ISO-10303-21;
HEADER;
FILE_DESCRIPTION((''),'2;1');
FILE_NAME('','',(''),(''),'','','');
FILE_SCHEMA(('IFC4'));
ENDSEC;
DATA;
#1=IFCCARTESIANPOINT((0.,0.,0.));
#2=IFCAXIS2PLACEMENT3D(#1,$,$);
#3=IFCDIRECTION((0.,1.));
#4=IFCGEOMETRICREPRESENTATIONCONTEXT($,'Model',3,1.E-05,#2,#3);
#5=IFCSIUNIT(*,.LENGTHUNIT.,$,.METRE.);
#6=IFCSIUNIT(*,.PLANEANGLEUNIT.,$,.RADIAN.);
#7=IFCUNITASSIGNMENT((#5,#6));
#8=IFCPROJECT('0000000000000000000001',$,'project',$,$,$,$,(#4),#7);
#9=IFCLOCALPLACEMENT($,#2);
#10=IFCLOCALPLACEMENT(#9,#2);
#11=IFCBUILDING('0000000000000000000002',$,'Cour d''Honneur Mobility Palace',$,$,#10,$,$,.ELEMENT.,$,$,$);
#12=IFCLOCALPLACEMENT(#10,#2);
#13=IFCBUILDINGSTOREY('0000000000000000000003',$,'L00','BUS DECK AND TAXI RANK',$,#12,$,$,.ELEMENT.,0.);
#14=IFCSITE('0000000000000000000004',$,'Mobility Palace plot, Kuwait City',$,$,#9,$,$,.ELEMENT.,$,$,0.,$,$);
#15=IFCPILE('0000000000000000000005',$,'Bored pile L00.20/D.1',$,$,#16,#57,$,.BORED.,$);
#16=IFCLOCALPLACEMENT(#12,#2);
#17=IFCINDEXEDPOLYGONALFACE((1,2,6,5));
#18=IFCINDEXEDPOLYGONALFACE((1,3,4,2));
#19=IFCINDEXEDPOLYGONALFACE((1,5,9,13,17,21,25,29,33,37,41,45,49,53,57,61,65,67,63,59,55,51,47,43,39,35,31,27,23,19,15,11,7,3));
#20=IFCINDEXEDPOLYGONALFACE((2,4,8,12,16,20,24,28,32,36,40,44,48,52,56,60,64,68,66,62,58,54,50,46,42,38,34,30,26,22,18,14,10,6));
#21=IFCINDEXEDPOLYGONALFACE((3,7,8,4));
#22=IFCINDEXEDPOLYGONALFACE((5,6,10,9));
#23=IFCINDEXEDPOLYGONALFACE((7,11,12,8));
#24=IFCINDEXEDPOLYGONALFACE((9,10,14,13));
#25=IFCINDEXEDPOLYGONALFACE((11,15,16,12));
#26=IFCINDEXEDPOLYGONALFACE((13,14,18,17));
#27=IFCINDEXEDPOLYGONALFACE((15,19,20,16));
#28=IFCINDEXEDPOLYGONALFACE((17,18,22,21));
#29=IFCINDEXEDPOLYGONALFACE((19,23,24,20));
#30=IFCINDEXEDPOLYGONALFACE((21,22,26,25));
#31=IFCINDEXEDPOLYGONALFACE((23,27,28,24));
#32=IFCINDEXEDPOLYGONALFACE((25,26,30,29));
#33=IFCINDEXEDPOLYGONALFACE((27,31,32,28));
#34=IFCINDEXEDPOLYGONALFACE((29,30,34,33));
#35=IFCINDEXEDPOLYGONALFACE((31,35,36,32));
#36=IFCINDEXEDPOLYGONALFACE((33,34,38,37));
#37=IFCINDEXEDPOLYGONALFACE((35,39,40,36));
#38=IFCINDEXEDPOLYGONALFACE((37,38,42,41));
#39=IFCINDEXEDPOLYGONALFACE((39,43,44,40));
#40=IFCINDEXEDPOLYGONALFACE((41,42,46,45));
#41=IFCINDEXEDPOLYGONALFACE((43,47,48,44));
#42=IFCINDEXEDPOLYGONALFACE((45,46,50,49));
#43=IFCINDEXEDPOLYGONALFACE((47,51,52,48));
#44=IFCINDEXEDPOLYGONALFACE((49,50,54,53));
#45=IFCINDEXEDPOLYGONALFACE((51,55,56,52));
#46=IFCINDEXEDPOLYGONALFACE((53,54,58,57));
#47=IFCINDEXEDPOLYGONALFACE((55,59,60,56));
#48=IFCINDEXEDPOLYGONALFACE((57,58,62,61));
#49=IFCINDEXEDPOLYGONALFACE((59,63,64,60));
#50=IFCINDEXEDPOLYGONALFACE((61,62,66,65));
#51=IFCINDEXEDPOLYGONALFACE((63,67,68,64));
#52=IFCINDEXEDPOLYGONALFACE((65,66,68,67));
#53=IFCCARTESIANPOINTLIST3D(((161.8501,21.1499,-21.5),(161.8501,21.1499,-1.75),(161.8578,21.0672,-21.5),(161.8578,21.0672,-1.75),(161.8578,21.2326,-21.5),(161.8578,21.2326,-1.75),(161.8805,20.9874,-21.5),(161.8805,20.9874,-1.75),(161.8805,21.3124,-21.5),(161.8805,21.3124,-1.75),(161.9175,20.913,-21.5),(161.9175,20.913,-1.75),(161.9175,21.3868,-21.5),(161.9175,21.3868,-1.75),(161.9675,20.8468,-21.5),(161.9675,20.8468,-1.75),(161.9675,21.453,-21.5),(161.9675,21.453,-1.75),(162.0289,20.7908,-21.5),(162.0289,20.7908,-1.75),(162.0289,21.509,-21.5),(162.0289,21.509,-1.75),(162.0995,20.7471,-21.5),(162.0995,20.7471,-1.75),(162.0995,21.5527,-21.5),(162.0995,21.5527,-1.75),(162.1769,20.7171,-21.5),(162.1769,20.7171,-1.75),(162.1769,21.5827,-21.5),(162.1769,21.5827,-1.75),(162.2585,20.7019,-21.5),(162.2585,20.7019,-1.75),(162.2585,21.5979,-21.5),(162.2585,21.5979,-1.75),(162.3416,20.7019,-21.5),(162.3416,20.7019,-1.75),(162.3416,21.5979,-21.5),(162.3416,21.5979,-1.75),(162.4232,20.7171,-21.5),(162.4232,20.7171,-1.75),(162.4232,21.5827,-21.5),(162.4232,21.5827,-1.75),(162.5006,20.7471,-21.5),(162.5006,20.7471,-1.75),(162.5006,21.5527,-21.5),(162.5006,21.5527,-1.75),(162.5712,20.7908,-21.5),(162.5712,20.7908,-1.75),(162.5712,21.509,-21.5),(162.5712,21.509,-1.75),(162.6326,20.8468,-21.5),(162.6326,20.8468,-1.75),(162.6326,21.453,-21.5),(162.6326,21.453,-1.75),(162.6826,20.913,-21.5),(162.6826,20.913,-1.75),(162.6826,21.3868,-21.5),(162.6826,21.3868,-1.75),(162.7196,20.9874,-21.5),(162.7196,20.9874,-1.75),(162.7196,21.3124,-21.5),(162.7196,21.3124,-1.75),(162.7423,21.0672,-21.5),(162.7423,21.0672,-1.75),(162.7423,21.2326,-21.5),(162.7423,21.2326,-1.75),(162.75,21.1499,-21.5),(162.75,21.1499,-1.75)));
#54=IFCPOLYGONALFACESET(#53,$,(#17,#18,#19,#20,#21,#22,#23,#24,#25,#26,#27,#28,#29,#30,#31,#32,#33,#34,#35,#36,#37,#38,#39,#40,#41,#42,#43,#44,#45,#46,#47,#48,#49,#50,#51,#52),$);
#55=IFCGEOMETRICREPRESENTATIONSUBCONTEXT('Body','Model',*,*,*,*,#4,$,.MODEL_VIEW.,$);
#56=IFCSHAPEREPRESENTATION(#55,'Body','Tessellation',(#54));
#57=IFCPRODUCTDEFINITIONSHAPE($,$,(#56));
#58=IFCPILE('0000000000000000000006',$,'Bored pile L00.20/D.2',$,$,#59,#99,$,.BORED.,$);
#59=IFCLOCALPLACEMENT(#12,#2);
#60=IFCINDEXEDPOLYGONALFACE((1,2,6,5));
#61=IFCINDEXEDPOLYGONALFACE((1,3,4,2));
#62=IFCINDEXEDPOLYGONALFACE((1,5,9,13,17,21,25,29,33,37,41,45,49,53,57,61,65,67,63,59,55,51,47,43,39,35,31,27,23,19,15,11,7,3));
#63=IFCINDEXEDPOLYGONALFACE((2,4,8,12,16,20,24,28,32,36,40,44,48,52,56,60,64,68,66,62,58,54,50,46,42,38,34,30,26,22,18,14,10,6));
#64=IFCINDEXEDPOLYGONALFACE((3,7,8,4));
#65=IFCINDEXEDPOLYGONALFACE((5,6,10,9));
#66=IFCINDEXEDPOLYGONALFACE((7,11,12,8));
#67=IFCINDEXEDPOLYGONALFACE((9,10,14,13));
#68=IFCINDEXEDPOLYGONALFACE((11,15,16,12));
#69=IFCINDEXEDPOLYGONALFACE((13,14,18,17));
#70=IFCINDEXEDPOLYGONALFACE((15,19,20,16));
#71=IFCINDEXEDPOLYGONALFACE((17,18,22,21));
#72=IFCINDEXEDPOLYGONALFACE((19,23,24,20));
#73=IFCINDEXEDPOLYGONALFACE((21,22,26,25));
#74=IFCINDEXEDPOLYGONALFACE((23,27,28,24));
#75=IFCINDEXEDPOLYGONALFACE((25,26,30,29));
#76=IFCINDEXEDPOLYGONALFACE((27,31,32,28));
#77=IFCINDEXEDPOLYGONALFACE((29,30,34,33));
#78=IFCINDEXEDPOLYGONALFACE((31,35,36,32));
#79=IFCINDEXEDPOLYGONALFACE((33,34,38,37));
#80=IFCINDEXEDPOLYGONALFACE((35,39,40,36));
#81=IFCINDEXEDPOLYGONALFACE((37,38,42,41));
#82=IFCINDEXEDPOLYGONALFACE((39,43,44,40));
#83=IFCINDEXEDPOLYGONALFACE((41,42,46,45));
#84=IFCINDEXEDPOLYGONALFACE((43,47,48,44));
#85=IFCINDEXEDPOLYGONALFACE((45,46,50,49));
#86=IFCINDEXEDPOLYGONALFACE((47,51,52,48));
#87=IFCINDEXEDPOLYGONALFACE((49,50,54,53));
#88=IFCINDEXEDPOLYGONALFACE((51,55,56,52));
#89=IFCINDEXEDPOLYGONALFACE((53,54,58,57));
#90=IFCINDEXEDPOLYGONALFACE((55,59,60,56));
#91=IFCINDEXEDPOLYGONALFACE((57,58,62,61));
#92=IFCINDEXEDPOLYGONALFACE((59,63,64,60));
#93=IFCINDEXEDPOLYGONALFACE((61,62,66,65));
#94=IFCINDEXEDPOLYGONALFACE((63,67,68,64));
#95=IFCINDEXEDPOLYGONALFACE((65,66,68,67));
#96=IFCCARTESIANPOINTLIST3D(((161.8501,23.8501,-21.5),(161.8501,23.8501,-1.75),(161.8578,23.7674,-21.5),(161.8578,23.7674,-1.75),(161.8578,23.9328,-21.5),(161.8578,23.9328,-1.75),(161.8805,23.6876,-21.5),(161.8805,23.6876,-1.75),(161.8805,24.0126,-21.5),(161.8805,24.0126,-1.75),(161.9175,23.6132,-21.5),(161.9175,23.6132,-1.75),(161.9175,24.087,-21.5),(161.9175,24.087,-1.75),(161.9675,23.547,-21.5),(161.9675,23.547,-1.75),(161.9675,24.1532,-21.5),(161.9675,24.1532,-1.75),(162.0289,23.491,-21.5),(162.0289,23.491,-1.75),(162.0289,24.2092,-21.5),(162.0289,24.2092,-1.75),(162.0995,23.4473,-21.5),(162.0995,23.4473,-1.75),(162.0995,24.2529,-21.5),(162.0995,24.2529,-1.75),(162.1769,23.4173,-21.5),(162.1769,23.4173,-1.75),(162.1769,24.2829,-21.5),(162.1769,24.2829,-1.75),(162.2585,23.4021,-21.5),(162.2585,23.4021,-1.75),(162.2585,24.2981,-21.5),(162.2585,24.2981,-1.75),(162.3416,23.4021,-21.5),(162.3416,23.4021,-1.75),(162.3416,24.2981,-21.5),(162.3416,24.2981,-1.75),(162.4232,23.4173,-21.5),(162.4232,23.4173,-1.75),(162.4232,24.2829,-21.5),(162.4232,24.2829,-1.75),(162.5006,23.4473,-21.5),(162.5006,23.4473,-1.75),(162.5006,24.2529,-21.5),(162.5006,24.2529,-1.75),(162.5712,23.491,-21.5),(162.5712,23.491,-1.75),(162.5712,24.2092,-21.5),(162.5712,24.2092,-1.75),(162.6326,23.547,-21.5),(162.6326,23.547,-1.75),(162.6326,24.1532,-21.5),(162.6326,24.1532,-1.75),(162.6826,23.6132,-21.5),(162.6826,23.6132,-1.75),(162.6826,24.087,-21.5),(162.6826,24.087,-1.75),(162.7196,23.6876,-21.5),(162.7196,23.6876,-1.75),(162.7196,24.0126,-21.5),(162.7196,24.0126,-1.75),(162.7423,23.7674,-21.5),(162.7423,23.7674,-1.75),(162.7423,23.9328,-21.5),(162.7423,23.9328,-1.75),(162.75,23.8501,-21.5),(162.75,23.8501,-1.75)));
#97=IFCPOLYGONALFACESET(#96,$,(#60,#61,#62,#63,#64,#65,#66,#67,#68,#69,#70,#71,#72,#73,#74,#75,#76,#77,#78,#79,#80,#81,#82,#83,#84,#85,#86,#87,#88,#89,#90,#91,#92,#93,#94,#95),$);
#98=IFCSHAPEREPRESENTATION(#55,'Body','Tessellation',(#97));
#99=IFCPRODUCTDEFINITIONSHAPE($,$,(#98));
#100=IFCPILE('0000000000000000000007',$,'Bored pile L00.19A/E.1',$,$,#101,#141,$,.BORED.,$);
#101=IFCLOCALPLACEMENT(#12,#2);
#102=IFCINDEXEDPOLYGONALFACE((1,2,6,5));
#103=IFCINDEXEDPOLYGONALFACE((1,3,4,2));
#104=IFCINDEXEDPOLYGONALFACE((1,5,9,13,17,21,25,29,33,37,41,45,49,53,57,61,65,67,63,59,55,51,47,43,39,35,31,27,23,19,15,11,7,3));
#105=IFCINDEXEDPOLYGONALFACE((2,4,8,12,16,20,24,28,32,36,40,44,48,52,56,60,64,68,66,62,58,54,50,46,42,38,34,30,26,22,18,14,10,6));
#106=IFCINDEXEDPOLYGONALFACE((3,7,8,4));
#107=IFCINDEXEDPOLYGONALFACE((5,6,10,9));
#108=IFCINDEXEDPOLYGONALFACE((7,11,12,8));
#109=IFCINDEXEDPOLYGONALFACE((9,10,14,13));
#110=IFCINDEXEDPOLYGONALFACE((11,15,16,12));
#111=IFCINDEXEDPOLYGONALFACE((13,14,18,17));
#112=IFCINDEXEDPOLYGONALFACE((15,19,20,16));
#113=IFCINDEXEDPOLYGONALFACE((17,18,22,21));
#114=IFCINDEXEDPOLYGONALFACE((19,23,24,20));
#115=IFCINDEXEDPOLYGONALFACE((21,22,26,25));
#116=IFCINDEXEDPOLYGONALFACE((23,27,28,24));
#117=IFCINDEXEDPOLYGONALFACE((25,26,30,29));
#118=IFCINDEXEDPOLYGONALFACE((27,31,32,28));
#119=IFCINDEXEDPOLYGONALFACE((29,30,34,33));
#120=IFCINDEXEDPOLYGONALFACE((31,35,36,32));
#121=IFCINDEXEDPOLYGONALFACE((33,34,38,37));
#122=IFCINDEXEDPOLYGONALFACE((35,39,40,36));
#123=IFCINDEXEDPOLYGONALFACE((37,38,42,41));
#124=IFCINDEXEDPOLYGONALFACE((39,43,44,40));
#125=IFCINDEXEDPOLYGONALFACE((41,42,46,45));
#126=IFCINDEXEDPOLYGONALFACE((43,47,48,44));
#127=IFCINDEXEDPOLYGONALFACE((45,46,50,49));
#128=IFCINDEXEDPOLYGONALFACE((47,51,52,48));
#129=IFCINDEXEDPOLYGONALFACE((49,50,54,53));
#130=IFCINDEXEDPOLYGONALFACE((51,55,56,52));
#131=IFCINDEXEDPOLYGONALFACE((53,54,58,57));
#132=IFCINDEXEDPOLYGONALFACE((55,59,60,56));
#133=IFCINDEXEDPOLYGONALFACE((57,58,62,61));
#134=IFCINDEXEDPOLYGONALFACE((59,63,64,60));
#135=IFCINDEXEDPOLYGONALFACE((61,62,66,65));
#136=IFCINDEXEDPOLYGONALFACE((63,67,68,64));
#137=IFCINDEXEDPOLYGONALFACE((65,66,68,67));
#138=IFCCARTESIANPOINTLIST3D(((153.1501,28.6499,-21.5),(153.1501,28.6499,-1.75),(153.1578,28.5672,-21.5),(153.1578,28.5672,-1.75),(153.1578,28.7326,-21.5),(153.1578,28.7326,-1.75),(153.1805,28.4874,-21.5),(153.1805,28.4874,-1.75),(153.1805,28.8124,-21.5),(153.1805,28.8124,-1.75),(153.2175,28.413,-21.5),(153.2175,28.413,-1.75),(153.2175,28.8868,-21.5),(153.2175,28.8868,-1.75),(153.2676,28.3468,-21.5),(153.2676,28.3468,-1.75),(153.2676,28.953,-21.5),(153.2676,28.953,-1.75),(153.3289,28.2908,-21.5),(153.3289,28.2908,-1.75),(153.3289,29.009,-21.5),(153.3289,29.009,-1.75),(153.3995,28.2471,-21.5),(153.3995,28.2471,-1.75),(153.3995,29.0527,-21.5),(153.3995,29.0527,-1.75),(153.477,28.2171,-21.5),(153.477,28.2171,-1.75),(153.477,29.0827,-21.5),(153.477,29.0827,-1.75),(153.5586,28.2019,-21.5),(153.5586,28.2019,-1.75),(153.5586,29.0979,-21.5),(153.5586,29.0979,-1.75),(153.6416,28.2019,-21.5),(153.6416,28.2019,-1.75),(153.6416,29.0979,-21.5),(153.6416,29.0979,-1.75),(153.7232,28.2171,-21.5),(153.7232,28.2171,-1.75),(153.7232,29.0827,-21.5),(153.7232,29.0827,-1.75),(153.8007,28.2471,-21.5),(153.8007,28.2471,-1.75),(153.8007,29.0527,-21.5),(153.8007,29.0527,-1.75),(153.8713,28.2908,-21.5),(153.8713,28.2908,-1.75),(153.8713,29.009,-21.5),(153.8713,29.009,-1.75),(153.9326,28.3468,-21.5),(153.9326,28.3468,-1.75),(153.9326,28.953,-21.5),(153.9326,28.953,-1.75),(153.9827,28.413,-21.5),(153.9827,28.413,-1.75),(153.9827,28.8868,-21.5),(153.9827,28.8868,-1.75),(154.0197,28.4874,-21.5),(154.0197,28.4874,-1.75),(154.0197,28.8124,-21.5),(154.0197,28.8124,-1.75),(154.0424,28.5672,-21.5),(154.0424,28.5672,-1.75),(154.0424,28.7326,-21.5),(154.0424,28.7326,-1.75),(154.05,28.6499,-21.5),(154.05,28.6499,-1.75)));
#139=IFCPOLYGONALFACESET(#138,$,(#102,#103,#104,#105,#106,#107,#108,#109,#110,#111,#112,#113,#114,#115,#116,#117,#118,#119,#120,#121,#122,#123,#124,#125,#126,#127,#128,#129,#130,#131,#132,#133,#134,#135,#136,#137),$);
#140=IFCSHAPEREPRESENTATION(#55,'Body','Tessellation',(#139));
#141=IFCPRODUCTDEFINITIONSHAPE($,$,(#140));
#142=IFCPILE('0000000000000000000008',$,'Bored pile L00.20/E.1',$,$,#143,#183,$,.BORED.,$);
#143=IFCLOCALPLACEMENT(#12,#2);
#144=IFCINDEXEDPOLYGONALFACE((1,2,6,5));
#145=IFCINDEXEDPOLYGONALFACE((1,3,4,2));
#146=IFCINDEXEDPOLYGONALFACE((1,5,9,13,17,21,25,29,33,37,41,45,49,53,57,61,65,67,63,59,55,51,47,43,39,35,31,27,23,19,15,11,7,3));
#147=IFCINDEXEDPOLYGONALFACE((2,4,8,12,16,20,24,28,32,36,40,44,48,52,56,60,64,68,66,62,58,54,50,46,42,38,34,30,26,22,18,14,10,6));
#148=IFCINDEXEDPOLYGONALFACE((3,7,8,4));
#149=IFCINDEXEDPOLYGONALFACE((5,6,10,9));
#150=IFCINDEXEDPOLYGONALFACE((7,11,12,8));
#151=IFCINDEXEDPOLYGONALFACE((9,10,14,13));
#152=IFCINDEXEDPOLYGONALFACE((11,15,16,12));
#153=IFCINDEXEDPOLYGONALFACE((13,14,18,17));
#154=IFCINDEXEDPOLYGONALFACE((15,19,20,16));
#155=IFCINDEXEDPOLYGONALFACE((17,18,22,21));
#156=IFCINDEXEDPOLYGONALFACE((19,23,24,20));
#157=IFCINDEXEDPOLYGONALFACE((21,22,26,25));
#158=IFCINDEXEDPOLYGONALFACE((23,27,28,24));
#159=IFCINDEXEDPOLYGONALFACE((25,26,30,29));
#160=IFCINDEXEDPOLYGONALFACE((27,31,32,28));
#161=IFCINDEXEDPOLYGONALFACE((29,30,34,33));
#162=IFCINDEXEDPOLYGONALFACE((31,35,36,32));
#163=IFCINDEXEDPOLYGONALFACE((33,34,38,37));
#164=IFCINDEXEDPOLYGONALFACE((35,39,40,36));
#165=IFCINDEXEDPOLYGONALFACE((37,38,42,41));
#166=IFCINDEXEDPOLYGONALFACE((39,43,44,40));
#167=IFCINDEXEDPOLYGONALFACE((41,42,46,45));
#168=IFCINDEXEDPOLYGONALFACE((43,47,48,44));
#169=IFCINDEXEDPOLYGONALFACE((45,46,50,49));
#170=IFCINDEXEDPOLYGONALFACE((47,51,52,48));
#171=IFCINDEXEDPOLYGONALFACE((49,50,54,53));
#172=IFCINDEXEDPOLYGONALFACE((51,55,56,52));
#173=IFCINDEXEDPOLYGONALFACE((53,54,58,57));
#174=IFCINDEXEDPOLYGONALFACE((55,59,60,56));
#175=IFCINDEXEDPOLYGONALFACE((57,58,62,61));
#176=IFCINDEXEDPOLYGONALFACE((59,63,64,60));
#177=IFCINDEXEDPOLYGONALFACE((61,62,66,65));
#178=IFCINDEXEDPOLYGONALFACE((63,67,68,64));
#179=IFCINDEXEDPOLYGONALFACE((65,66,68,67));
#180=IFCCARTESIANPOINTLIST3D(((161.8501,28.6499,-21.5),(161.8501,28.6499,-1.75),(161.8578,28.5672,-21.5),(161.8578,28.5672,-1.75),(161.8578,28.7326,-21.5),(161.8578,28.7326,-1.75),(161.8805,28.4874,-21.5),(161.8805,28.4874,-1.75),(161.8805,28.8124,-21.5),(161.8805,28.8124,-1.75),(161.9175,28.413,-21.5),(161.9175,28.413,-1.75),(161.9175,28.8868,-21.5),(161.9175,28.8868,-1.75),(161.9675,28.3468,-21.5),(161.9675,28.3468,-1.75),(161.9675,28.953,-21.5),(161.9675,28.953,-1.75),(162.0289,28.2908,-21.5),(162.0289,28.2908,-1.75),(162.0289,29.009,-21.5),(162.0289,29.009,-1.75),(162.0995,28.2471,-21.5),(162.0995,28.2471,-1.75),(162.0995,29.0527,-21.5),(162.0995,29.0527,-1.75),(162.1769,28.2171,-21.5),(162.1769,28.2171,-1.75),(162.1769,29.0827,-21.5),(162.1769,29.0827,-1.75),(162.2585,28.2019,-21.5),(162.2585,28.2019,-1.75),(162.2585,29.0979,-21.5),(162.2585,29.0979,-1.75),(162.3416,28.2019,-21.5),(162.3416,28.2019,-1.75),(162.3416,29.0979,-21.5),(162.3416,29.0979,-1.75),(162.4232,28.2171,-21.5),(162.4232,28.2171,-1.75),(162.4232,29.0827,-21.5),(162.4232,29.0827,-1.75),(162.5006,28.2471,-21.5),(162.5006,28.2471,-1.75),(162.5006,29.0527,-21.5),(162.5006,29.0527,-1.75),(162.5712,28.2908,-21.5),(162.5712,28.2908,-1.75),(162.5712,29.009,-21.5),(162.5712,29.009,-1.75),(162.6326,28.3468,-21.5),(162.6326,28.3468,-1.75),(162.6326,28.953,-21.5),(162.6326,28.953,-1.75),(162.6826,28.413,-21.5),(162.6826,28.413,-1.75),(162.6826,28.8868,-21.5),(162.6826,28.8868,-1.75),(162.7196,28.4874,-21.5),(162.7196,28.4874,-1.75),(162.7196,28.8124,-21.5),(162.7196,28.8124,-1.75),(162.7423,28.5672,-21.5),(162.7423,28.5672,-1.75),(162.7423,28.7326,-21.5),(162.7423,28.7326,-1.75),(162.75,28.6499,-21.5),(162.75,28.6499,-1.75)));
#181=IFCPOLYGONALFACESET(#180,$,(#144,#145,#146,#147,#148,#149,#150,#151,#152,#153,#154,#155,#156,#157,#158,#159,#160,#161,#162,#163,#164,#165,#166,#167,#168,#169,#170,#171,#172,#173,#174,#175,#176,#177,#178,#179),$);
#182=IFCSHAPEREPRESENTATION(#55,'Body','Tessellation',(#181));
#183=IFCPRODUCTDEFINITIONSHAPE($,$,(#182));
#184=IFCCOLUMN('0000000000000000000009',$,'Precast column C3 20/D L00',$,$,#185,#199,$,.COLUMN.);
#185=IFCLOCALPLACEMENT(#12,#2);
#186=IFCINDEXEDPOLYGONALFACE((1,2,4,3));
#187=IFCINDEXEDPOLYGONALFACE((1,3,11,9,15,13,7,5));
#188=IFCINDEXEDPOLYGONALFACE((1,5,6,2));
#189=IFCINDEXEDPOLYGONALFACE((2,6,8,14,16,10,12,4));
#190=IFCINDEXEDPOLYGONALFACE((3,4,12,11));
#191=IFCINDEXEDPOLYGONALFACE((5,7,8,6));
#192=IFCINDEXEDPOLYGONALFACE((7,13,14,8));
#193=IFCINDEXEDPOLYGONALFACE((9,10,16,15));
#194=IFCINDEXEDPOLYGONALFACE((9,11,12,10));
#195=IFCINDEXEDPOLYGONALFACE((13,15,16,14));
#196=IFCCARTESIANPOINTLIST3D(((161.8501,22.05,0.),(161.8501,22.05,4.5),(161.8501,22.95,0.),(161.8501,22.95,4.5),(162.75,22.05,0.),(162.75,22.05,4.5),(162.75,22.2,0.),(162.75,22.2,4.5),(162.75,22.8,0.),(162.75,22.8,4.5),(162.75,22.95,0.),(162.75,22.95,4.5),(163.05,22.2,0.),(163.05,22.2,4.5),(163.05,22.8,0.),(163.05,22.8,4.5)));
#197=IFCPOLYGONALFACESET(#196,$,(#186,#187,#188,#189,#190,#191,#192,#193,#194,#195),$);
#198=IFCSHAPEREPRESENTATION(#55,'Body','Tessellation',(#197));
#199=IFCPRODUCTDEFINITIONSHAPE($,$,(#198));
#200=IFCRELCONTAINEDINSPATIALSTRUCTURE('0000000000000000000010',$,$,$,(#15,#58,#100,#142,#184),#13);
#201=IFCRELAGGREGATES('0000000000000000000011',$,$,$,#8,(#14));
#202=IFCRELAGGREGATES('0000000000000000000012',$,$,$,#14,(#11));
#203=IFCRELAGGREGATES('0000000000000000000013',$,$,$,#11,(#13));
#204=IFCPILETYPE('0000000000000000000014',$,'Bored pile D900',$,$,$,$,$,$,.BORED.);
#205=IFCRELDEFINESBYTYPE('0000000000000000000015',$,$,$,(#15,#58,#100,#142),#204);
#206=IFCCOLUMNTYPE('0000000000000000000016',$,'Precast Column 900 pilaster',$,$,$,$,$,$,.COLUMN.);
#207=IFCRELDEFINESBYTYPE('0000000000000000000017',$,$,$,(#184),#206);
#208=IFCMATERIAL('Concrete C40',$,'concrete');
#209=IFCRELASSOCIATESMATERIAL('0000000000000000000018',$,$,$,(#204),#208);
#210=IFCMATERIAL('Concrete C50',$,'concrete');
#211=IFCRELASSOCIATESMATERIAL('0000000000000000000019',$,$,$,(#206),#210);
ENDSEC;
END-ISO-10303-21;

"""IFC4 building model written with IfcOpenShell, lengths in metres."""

from ifc_helpers import new_model, si_unit, direction, frame, origin, origin_2d, place, context, subcontext, project, spatial, polyline, circle, outline, extrude, material, material_profile, profile_set, type_object, element, save


model = new_model("IFC4")

# Units and contexts
model_context = context("Model", 3, precision=1e-05, world=origin(), true_north=direction((0.0, 1.0)))
body_context = subcontext(model_context, "Body", "Model", "MODEL_VIEW")
ifc_project = project(units=[si_unit("LENGTHUNIT", "METRE"), si_unit("PLANEANGLEUNIT", "RADIAN")], contexts=[model_context])

# Site, building, storey
site_placement = place(None, origin())
site = spatial("IfcSite", under=ifc_project, at=site_placement, Name="Mobility Palace plot, Kuwait City", CompositionType="ELEMENT", RefElevation=0.0)
building_placement = place(site_placement, origin())
building = spatial("IfcBuilding", under=site, at=building_placement, Name="Cour d'Honneur Mobility Palace", CompositionType="ELEMENT")
storey_placement = place(building_placement, origin())
storey = spatial("IfcBuildingStorey", under=building, at=storey_placement, Name="L00", Description="BUS DECK AND TAXI RANK", CompositionType="ELEMENT", Elevation=0.0)

# Piles
ifc_material_1 = material(Name="Concrete C40", Category="concrete")
ifc_material_profile_1 = material_profile(ifc_material_1, circle(Radius=0.45, at=origin_2d()), Name="Bored pile D900")
ifc_profile_set_1 = profile_set([ifc_material_profile_1], Name="Concrete C40")
pile_type = type_object("IfcPileType", Name="Bored pile D900", PredefinedType="BORED", material=ifc_profile_set_1)
for number, where, z_axis, x_axis, name in (
    (1, (162.3, 21.1499, -1.75), (0.0, 0.0, -1.0), (1.0, 0.0, 0.0), "Bored pile L00.20/D.1"),
    (2, (162.3, 23.8501, -1.75), (0.0, 0.0, -1.0), (1.0, 0.0, 0.0), "Bored pile L00.20/D.2"),
    (3, (153.6001, 28.6499, -1.75), (0.0, 0.0, -1.0), (1.0, 0.0, 0.0), "Bored pile L00.19A/E.1"),
    (4, (162.3, 28.6499, -1.75), (0.0, 0.0, -1.0), (1.0, 0.0, 0.0), "Bored pile L00.20/E.1"),
):
    element("IfcPile", number, at=place(storey_placement, frame(where, z_axis=z_axis, x_axis=x_axis)), inside=storey, type_object=pile_type, Name=name, PredefinedType="BORED", context=body_context, shape_type="SweptSolid", body=[
        extrude(circle(Radius=0.45, at=origin_2d()), origin(), (0.0, 0.0, 1.0), 19.75),
    ])

# Column
ifc_material_2 = material(Name="Concrete C50", Category="concrete")
ifc_material_profile_2 = material_profile(ifc_material_2, outline(polyline([(-0.45, -0.45), (0.45, -0.45), (0.45, -0.3), (0.75, -0.3), (0.75, 0.3), (0.45, 0.3), (0.45, 0.45), (-0.45, 0.45), (-0.45, -0.45)])), Name="PC C900 pilaster")
ifc_profile_set_2 = profile_set([ifc_material_profile_2], Name="Concrete C50")
column_type_1 = type_object("IfcColumnType", Name="Precast Column 900 pilaster", PredefinedType="COLUMN", material=ifc_profile_set_2)
for number, where, z_axis, x_axis, name in (
    (5, (162.3, 22.5, 0.0), (0.0, 0.0, 1.0), (1.0, 0.0, 0.0), "Precast column C3 20/D L00"),
):
    element("IfcColumn", number, at=place(storey_placement, frame(where, z_axis=z_axis, x_axis=x_axis)), inside=storey, type_object=column_type_1, Name=name, PredefinedType="COLUMN", context=body_context, shape_type="SweptSolid", body=[
        extrude(outline(polyline([(-0.45, -0.45), (0.45, -0.45), (0.45, -0.3), (0.75, -0.3), (0.75, 0.3), (0.45, 0.3), (0.45, 0.45), (-0.45, 0.45), (-0.45, -0.45)])), origin(), (0.0, 0.0, 1.0), 4.5),
    ])

save(model, "model.ifc")
